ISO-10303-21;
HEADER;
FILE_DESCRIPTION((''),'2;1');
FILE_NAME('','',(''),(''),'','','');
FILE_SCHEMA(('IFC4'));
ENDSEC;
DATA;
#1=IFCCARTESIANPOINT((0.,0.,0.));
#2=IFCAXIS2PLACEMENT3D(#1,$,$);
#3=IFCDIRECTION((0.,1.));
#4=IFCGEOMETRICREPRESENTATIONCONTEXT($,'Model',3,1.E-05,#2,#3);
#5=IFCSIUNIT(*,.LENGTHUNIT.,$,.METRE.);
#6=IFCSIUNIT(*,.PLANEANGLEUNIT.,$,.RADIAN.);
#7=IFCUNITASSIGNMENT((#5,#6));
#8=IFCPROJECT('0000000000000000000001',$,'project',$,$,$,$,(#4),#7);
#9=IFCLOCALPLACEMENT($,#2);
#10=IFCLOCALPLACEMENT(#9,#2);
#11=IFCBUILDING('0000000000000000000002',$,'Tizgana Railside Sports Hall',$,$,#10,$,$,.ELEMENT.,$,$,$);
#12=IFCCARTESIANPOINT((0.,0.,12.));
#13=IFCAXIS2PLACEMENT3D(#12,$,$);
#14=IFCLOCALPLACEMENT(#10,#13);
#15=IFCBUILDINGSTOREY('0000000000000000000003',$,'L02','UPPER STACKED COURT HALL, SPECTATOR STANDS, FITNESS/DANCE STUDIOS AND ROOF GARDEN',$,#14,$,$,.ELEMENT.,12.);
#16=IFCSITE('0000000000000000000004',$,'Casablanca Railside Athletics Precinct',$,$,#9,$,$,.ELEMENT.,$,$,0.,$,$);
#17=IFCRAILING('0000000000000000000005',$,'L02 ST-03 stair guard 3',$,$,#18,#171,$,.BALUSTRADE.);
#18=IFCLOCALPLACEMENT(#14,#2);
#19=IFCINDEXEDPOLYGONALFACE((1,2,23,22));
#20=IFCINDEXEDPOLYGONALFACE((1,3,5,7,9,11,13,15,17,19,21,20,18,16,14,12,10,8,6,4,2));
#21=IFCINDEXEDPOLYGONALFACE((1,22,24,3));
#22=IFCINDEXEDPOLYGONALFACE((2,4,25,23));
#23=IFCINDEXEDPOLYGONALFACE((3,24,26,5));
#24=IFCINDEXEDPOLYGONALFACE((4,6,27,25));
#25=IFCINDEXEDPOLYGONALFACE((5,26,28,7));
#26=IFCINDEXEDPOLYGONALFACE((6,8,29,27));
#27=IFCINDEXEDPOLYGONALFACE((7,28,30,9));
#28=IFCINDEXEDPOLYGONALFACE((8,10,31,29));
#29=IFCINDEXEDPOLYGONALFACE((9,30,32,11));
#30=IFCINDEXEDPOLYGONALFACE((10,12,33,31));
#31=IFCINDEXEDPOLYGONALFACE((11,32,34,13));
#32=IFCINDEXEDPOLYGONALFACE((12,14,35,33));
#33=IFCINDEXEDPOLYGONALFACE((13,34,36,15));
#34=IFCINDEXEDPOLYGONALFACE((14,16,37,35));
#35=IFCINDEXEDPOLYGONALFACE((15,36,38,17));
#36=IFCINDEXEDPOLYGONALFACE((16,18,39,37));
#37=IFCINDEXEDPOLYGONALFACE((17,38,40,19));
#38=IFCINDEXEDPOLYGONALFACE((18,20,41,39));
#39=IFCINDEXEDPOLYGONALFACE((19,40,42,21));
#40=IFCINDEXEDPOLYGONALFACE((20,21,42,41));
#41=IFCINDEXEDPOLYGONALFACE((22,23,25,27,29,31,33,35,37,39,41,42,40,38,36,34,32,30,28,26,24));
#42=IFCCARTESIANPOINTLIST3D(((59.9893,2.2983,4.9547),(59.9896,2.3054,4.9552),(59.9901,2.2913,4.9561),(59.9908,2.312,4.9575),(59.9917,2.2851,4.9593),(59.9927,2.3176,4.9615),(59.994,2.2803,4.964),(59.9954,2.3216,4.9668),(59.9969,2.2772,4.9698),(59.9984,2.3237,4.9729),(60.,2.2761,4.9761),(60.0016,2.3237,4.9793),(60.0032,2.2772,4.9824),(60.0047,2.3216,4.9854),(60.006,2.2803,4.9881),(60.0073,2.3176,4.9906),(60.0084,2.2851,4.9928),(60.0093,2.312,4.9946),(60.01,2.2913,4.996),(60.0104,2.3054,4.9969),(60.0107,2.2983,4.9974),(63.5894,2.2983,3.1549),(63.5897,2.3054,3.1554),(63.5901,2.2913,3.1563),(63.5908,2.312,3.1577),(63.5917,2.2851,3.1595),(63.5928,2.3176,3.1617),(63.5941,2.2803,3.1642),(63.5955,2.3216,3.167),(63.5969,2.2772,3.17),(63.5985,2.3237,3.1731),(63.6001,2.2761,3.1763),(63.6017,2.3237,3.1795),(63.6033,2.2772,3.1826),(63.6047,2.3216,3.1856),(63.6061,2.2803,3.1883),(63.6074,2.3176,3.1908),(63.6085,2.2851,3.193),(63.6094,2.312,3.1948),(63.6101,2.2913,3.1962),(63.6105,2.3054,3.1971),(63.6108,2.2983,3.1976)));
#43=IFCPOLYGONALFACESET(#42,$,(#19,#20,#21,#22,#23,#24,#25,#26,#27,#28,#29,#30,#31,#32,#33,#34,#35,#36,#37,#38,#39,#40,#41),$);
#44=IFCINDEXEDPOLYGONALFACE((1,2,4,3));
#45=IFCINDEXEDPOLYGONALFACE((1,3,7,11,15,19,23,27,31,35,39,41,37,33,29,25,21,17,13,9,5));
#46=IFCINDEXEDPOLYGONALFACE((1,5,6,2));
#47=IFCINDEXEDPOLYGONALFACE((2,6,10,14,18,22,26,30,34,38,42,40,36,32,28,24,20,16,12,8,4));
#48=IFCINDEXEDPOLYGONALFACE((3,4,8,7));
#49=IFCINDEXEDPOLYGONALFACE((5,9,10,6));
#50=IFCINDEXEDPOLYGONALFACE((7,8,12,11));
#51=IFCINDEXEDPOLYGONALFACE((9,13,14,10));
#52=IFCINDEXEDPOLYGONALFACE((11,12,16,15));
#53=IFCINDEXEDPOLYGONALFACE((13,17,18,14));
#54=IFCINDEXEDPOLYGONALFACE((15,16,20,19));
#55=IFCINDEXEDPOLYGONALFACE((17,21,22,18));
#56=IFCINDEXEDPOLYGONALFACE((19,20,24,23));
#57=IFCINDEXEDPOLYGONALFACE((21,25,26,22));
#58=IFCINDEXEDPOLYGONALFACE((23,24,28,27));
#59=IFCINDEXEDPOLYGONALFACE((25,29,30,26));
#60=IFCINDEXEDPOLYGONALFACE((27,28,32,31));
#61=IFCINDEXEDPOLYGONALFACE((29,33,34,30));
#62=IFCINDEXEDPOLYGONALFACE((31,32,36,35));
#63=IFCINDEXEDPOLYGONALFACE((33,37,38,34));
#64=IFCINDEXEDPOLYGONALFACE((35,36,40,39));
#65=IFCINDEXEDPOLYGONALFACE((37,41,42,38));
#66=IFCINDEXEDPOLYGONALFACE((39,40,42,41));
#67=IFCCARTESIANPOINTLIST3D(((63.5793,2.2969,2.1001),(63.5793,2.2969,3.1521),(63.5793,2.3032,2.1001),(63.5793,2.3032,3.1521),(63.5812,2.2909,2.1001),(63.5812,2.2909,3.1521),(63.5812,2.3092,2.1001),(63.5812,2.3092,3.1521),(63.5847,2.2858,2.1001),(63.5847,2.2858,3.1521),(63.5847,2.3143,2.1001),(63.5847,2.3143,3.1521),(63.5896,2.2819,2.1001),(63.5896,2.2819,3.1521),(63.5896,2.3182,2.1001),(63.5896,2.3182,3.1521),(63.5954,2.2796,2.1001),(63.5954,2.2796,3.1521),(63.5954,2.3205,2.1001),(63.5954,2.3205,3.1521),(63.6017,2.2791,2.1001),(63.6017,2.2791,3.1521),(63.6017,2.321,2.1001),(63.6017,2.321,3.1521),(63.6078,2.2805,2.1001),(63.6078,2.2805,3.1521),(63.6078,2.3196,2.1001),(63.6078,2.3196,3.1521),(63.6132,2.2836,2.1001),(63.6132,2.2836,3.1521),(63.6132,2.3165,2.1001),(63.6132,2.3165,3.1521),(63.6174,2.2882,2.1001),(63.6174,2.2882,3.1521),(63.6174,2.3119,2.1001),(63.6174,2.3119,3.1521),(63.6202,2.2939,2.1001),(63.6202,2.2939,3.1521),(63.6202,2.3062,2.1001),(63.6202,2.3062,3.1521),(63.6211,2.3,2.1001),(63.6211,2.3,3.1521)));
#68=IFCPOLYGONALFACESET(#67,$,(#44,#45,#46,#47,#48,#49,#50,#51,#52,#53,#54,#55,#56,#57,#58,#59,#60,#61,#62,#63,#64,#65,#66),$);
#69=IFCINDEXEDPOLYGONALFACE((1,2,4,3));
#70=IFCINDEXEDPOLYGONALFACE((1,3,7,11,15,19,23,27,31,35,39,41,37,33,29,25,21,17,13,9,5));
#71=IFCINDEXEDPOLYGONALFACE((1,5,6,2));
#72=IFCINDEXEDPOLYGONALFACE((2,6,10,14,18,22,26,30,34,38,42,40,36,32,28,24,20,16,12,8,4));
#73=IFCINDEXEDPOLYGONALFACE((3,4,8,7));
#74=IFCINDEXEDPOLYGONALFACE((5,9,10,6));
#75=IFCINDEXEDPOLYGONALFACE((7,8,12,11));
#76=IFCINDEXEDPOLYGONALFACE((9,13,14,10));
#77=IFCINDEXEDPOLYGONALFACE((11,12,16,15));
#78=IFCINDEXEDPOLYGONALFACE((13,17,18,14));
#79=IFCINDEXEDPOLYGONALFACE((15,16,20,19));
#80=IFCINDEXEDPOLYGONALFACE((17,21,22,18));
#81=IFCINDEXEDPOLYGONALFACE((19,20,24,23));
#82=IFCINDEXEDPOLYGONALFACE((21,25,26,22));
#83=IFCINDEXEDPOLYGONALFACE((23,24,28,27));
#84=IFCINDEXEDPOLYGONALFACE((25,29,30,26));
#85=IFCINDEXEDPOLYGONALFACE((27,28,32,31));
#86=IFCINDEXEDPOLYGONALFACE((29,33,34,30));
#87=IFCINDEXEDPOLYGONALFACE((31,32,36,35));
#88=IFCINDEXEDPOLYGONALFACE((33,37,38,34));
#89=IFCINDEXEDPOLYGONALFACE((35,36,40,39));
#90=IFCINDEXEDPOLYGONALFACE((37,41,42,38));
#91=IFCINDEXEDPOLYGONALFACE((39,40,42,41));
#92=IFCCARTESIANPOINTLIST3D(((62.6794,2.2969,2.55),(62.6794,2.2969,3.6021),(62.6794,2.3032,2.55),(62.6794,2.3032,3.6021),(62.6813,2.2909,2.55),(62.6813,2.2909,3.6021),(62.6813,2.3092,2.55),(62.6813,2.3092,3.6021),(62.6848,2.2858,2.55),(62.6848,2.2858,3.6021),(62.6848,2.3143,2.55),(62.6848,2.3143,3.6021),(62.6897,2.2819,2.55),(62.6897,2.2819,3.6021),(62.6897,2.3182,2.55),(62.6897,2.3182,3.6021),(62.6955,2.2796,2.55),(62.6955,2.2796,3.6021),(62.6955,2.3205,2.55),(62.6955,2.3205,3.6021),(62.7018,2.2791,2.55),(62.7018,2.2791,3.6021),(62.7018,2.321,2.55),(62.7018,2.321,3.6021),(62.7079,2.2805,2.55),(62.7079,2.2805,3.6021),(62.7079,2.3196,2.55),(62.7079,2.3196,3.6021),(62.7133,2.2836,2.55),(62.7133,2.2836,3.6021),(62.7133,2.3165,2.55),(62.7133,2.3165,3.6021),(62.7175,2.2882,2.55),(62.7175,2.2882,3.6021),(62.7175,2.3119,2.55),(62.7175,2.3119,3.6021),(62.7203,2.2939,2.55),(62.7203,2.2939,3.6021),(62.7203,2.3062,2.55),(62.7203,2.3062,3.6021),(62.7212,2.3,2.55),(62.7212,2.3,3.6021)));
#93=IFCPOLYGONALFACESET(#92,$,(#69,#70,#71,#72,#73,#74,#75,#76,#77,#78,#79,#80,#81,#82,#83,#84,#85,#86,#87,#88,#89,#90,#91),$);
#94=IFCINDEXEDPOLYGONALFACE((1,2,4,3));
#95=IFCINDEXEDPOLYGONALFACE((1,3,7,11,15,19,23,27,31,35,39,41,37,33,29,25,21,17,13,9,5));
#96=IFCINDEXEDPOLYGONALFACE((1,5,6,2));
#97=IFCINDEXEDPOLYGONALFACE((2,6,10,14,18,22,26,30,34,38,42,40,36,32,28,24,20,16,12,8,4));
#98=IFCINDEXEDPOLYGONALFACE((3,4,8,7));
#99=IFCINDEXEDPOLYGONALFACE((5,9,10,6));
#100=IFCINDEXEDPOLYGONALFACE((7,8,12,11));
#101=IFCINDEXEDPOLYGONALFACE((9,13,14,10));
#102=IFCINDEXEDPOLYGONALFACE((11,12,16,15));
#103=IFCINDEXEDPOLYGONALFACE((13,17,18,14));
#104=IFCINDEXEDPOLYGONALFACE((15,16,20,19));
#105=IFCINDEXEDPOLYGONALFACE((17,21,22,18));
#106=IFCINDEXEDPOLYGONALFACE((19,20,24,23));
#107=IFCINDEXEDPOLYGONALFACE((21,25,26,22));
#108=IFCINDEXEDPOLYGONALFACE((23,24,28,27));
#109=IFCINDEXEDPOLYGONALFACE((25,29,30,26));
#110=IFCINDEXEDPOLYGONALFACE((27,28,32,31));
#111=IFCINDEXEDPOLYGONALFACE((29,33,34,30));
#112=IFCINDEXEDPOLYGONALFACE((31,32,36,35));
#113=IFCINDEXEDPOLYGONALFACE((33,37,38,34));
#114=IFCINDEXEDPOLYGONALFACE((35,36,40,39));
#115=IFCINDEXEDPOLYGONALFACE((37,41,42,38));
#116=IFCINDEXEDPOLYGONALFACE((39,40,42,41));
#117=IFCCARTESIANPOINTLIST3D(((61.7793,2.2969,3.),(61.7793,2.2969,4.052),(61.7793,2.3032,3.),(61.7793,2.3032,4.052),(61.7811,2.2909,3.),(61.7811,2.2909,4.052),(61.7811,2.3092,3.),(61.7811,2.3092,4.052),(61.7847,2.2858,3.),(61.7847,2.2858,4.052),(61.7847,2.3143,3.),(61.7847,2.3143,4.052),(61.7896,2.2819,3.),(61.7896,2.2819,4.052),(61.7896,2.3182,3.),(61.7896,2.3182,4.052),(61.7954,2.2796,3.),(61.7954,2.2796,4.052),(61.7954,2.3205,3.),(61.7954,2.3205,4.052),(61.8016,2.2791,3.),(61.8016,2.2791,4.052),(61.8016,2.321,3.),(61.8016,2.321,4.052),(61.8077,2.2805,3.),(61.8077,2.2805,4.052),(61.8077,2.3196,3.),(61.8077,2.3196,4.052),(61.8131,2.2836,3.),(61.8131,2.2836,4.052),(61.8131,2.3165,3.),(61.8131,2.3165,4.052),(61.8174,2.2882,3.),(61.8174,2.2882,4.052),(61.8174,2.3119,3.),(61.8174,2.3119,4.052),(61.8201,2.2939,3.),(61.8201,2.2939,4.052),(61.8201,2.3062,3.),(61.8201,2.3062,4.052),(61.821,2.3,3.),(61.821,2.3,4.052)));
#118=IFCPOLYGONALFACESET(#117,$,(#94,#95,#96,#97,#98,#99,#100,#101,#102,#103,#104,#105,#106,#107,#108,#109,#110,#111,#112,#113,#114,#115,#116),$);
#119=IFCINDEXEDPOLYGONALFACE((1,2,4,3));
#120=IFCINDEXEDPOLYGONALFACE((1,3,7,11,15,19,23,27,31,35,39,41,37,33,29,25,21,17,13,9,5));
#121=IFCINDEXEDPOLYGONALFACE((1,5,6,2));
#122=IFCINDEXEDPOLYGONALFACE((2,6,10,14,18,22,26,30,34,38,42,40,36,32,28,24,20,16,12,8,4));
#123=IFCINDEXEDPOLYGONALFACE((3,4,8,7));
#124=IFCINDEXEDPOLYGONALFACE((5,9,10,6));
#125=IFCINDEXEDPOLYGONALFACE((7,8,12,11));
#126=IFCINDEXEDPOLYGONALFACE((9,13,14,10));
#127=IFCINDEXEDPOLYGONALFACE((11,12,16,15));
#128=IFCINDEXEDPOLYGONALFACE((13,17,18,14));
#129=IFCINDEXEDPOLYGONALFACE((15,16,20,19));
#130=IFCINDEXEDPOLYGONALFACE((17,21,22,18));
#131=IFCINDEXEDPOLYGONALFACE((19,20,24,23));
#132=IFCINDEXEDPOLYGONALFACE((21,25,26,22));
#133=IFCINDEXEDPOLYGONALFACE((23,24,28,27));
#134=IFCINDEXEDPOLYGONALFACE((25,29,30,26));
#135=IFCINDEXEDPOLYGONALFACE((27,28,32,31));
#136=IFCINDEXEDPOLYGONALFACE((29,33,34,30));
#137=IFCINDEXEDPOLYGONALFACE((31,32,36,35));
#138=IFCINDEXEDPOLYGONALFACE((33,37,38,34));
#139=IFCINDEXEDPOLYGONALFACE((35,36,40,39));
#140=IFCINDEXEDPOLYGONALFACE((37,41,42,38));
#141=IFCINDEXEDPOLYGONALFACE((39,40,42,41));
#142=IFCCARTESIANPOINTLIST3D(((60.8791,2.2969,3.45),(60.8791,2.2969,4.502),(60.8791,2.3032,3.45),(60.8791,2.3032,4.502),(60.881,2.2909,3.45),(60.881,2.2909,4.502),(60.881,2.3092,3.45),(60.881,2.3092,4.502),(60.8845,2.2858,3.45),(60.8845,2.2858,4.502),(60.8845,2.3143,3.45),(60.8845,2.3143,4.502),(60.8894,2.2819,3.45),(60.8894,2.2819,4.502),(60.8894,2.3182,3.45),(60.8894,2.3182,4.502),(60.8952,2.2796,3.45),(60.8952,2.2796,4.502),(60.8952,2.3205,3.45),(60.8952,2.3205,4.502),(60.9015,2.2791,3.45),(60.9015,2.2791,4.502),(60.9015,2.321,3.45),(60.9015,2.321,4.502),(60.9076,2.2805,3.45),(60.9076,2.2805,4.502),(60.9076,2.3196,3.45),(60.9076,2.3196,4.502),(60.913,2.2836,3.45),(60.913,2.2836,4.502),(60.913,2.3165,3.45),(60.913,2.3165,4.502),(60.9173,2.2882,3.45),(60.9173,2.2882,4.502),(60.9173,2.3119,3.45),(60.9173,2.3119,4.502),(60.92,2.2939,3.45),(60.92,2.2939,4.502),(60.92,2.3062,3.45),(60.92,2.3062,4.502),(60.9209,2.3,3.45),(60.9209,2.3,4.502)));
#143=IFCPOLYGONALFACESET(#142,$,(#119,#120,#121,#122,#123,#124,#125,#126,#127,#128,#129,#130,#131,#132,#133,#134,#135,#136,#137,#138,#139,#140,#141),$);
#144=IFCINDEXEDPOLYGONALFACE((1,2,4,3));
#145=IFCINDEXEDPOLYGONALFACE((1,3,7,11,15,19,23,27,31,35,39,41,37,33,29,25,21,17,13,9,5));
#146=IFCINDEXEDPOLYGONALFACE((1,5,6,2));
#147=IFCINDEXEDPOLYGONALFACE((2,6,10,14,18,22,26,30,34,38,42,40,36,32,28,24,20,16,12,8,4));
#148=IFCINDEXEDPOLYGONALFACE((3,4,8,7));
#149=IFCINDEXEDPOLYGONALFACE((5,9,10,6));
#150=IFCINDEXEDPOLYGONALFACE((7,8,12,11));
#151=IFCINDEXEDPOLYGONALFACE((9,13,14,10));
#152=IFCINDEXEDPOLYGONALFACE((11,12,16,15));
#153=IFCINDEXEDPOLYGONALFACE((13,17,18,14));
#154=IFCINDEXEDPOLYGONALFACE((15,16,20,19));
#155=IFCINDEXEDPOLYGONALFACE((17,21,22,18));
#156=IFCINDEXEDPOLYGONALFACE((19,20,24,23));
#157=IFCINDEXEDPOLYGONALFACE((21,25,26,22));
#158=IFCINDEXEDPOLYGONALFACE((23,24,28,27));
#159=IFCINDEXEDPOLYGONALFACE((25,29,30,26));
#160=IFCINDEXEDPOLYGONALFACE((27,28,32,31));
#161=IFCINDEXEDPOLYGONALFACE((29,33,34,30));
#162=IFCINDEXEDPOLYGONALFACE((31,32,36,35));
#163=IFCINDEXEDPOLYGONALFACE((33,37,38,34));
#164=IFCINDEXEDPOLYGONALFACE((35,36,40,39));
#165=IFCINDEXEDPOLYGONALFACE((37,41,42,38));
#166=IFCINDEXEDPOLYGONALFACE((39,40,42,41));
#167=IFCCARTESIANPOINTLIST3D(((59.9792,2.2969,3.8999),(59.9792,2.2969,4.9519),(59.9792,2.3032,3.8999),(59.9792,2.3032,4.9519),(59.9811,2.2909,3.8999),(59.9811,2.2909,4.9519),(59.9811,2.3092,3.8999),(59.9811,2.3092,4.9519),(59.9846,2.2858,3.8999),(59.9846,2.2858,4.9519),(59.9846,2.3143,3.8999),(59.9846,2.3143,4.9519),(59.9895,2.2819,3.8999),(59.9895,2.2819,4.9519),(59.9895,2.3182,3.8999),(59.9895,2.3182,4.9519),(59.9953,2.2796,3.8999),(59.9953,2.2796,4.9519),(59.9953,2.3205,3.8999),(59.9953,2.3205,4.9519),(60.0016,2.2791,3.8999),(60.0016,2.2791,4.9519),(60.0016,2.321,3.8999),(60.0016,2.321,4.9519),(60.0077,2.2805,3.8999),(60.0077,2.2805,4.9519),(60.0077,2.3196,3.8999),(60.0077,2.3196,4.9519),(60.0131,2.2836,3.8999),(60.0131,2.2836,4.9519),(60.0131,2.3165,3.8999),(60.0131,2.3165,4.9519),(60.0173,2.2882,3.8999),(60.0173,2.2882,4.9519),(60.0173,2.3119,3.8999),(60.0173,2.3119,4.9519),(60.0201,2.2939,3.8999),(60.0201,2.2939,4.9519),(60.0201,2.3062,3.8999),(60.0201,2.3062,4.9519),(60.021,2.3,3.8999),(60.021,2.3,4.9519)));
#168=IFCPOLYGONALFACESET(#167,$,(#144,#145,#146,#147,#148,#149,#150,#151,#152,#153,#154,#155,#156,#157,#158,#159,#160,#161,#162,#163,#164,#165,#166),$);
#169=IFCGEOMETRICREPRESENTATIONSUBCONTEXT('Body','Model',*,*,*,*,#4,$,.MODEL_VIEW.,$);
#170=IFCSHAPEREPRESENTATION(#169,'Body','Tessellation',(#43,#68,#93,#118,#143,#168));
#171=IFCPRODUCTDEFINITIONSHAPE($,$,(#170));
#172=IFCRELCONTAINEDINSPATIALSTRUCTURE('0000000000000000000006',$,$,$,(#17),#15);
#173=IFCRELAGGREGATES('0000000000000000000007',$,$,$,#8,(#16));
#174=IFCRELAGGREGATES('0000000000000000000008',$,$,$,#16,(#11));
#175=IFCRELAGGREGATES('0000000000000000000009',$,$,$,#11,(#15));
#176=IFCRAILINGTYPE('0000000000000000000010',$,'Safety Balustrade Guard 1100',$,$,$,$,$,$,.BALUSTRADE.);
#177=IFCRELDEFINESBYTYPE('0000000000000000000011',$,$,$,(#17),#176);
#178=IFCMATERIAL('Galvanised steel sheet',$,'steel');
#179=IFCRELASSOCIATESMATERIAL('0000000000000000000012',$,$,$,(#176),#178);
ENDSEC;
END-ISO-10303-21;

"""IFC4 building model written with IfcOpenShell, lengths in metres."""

from ifc_helpers import new_model, si_unit, direction, frame, origin, origin_2d, place, context, subcontext, project, spatial, circle, extrude, material, type_object, element, save


model = new_model("IFC4")

# Units and contexts
model_context = context("Model", 3, precision=1e-05, world=origin(), true_north=direction((0.0, 1.0)))
body_context = subcontext(model_context, "Body", "Model", "MODEL_VIEW")
ifc_project = project(units=[si_unit("LENGTHUNIT", "METRE"), si_unit("PLANEANGLEUNIT", "RADIAN")], contexts=[model_context])

# Site, building, storey
site_placement = place(None, origin())
site = spatial("IfcSite", under=ifc_project, at=site_placement, Name="Casablanca Railside Athletics Precinct", CompositionType="ELEMENT", RefElevation=0.0)
building_placement = place(site_placement, origin())
building = spatial("IfcBuilding", under=site, at=building_placement, Name="Tizgana Railside Sports Hall", CompositionType="ELEMENT")
storey_placement = place(building_placement, frame((0.0, 0.0, 12.0)))
storey = spatial("IfcBuildingStorey", under=building, at=storey_placement, Name="L02", Description="UPPER STACKED COURT HALL, SPECTATOR STANDS, FITNESS/DANCE STUDIOS AND ROOF GARDEN", CompositionType="ELEMENT", Elevation=12.0)

# Railing
ifc_material_1 = material(Name="Galvanised steel sheet", Category="steel")
railing_type_1 = type_object("IfcRailingType", Name="Safety Balustrade Guard 1100", PredefinedType="BALUSTRADE", material=ifc_material_1)
railing_1_placement = place(storey_placement, frame((63.6001, 2.3, 2.1001)))
element("IfcRailing", 1, at=railing_1_placement, inside=storey, type_object=railing_type_1, Name="L02 ST-03 stair guard 3", PredefinedType="BALUSTRADE", context=body_context, shape_type="SweptSolid", body=[
    extrude(circle(Radius=0.0239, at=origin_2d()), frame((0.0, 0.0, 1.0762), z_axis=(-0.894451, 0.0, 0.447165), x_axis=(0.0, -1.0, 0.0)), (0.0, 0.0, 1.0), 4.0249),
    extrude(circle(Radius=0.021, at=origin_2d()), origin(), (0.0, 0.0, 1.0), 1.052),
    extrude(circle(Radius=0.021, at=origin_2d()), frame((-0.8999, 0.0, 0.45)), (0.0, 0.0, 1.0), 1.052),
    extrude(circle(Radius=0.021, at=origin_2d()), frame((-1.8, 0.0, 0.8999)), (0.0, 0.0, 1.0), 1.052),
    extrude(circle(Radius=0.021, at=origin_2d()), frame((-2.7002, 0.0, 1.3499)), (0.0, 0.0, 1.0), 1.052),
    extrude(circle(Radius=0.021, at=origin_2d()), frame((-3.6001, 0.0, 1.7998)), (0.0, 0.0, 1.0), 1.052),
])

save(model, "model.ifc")
